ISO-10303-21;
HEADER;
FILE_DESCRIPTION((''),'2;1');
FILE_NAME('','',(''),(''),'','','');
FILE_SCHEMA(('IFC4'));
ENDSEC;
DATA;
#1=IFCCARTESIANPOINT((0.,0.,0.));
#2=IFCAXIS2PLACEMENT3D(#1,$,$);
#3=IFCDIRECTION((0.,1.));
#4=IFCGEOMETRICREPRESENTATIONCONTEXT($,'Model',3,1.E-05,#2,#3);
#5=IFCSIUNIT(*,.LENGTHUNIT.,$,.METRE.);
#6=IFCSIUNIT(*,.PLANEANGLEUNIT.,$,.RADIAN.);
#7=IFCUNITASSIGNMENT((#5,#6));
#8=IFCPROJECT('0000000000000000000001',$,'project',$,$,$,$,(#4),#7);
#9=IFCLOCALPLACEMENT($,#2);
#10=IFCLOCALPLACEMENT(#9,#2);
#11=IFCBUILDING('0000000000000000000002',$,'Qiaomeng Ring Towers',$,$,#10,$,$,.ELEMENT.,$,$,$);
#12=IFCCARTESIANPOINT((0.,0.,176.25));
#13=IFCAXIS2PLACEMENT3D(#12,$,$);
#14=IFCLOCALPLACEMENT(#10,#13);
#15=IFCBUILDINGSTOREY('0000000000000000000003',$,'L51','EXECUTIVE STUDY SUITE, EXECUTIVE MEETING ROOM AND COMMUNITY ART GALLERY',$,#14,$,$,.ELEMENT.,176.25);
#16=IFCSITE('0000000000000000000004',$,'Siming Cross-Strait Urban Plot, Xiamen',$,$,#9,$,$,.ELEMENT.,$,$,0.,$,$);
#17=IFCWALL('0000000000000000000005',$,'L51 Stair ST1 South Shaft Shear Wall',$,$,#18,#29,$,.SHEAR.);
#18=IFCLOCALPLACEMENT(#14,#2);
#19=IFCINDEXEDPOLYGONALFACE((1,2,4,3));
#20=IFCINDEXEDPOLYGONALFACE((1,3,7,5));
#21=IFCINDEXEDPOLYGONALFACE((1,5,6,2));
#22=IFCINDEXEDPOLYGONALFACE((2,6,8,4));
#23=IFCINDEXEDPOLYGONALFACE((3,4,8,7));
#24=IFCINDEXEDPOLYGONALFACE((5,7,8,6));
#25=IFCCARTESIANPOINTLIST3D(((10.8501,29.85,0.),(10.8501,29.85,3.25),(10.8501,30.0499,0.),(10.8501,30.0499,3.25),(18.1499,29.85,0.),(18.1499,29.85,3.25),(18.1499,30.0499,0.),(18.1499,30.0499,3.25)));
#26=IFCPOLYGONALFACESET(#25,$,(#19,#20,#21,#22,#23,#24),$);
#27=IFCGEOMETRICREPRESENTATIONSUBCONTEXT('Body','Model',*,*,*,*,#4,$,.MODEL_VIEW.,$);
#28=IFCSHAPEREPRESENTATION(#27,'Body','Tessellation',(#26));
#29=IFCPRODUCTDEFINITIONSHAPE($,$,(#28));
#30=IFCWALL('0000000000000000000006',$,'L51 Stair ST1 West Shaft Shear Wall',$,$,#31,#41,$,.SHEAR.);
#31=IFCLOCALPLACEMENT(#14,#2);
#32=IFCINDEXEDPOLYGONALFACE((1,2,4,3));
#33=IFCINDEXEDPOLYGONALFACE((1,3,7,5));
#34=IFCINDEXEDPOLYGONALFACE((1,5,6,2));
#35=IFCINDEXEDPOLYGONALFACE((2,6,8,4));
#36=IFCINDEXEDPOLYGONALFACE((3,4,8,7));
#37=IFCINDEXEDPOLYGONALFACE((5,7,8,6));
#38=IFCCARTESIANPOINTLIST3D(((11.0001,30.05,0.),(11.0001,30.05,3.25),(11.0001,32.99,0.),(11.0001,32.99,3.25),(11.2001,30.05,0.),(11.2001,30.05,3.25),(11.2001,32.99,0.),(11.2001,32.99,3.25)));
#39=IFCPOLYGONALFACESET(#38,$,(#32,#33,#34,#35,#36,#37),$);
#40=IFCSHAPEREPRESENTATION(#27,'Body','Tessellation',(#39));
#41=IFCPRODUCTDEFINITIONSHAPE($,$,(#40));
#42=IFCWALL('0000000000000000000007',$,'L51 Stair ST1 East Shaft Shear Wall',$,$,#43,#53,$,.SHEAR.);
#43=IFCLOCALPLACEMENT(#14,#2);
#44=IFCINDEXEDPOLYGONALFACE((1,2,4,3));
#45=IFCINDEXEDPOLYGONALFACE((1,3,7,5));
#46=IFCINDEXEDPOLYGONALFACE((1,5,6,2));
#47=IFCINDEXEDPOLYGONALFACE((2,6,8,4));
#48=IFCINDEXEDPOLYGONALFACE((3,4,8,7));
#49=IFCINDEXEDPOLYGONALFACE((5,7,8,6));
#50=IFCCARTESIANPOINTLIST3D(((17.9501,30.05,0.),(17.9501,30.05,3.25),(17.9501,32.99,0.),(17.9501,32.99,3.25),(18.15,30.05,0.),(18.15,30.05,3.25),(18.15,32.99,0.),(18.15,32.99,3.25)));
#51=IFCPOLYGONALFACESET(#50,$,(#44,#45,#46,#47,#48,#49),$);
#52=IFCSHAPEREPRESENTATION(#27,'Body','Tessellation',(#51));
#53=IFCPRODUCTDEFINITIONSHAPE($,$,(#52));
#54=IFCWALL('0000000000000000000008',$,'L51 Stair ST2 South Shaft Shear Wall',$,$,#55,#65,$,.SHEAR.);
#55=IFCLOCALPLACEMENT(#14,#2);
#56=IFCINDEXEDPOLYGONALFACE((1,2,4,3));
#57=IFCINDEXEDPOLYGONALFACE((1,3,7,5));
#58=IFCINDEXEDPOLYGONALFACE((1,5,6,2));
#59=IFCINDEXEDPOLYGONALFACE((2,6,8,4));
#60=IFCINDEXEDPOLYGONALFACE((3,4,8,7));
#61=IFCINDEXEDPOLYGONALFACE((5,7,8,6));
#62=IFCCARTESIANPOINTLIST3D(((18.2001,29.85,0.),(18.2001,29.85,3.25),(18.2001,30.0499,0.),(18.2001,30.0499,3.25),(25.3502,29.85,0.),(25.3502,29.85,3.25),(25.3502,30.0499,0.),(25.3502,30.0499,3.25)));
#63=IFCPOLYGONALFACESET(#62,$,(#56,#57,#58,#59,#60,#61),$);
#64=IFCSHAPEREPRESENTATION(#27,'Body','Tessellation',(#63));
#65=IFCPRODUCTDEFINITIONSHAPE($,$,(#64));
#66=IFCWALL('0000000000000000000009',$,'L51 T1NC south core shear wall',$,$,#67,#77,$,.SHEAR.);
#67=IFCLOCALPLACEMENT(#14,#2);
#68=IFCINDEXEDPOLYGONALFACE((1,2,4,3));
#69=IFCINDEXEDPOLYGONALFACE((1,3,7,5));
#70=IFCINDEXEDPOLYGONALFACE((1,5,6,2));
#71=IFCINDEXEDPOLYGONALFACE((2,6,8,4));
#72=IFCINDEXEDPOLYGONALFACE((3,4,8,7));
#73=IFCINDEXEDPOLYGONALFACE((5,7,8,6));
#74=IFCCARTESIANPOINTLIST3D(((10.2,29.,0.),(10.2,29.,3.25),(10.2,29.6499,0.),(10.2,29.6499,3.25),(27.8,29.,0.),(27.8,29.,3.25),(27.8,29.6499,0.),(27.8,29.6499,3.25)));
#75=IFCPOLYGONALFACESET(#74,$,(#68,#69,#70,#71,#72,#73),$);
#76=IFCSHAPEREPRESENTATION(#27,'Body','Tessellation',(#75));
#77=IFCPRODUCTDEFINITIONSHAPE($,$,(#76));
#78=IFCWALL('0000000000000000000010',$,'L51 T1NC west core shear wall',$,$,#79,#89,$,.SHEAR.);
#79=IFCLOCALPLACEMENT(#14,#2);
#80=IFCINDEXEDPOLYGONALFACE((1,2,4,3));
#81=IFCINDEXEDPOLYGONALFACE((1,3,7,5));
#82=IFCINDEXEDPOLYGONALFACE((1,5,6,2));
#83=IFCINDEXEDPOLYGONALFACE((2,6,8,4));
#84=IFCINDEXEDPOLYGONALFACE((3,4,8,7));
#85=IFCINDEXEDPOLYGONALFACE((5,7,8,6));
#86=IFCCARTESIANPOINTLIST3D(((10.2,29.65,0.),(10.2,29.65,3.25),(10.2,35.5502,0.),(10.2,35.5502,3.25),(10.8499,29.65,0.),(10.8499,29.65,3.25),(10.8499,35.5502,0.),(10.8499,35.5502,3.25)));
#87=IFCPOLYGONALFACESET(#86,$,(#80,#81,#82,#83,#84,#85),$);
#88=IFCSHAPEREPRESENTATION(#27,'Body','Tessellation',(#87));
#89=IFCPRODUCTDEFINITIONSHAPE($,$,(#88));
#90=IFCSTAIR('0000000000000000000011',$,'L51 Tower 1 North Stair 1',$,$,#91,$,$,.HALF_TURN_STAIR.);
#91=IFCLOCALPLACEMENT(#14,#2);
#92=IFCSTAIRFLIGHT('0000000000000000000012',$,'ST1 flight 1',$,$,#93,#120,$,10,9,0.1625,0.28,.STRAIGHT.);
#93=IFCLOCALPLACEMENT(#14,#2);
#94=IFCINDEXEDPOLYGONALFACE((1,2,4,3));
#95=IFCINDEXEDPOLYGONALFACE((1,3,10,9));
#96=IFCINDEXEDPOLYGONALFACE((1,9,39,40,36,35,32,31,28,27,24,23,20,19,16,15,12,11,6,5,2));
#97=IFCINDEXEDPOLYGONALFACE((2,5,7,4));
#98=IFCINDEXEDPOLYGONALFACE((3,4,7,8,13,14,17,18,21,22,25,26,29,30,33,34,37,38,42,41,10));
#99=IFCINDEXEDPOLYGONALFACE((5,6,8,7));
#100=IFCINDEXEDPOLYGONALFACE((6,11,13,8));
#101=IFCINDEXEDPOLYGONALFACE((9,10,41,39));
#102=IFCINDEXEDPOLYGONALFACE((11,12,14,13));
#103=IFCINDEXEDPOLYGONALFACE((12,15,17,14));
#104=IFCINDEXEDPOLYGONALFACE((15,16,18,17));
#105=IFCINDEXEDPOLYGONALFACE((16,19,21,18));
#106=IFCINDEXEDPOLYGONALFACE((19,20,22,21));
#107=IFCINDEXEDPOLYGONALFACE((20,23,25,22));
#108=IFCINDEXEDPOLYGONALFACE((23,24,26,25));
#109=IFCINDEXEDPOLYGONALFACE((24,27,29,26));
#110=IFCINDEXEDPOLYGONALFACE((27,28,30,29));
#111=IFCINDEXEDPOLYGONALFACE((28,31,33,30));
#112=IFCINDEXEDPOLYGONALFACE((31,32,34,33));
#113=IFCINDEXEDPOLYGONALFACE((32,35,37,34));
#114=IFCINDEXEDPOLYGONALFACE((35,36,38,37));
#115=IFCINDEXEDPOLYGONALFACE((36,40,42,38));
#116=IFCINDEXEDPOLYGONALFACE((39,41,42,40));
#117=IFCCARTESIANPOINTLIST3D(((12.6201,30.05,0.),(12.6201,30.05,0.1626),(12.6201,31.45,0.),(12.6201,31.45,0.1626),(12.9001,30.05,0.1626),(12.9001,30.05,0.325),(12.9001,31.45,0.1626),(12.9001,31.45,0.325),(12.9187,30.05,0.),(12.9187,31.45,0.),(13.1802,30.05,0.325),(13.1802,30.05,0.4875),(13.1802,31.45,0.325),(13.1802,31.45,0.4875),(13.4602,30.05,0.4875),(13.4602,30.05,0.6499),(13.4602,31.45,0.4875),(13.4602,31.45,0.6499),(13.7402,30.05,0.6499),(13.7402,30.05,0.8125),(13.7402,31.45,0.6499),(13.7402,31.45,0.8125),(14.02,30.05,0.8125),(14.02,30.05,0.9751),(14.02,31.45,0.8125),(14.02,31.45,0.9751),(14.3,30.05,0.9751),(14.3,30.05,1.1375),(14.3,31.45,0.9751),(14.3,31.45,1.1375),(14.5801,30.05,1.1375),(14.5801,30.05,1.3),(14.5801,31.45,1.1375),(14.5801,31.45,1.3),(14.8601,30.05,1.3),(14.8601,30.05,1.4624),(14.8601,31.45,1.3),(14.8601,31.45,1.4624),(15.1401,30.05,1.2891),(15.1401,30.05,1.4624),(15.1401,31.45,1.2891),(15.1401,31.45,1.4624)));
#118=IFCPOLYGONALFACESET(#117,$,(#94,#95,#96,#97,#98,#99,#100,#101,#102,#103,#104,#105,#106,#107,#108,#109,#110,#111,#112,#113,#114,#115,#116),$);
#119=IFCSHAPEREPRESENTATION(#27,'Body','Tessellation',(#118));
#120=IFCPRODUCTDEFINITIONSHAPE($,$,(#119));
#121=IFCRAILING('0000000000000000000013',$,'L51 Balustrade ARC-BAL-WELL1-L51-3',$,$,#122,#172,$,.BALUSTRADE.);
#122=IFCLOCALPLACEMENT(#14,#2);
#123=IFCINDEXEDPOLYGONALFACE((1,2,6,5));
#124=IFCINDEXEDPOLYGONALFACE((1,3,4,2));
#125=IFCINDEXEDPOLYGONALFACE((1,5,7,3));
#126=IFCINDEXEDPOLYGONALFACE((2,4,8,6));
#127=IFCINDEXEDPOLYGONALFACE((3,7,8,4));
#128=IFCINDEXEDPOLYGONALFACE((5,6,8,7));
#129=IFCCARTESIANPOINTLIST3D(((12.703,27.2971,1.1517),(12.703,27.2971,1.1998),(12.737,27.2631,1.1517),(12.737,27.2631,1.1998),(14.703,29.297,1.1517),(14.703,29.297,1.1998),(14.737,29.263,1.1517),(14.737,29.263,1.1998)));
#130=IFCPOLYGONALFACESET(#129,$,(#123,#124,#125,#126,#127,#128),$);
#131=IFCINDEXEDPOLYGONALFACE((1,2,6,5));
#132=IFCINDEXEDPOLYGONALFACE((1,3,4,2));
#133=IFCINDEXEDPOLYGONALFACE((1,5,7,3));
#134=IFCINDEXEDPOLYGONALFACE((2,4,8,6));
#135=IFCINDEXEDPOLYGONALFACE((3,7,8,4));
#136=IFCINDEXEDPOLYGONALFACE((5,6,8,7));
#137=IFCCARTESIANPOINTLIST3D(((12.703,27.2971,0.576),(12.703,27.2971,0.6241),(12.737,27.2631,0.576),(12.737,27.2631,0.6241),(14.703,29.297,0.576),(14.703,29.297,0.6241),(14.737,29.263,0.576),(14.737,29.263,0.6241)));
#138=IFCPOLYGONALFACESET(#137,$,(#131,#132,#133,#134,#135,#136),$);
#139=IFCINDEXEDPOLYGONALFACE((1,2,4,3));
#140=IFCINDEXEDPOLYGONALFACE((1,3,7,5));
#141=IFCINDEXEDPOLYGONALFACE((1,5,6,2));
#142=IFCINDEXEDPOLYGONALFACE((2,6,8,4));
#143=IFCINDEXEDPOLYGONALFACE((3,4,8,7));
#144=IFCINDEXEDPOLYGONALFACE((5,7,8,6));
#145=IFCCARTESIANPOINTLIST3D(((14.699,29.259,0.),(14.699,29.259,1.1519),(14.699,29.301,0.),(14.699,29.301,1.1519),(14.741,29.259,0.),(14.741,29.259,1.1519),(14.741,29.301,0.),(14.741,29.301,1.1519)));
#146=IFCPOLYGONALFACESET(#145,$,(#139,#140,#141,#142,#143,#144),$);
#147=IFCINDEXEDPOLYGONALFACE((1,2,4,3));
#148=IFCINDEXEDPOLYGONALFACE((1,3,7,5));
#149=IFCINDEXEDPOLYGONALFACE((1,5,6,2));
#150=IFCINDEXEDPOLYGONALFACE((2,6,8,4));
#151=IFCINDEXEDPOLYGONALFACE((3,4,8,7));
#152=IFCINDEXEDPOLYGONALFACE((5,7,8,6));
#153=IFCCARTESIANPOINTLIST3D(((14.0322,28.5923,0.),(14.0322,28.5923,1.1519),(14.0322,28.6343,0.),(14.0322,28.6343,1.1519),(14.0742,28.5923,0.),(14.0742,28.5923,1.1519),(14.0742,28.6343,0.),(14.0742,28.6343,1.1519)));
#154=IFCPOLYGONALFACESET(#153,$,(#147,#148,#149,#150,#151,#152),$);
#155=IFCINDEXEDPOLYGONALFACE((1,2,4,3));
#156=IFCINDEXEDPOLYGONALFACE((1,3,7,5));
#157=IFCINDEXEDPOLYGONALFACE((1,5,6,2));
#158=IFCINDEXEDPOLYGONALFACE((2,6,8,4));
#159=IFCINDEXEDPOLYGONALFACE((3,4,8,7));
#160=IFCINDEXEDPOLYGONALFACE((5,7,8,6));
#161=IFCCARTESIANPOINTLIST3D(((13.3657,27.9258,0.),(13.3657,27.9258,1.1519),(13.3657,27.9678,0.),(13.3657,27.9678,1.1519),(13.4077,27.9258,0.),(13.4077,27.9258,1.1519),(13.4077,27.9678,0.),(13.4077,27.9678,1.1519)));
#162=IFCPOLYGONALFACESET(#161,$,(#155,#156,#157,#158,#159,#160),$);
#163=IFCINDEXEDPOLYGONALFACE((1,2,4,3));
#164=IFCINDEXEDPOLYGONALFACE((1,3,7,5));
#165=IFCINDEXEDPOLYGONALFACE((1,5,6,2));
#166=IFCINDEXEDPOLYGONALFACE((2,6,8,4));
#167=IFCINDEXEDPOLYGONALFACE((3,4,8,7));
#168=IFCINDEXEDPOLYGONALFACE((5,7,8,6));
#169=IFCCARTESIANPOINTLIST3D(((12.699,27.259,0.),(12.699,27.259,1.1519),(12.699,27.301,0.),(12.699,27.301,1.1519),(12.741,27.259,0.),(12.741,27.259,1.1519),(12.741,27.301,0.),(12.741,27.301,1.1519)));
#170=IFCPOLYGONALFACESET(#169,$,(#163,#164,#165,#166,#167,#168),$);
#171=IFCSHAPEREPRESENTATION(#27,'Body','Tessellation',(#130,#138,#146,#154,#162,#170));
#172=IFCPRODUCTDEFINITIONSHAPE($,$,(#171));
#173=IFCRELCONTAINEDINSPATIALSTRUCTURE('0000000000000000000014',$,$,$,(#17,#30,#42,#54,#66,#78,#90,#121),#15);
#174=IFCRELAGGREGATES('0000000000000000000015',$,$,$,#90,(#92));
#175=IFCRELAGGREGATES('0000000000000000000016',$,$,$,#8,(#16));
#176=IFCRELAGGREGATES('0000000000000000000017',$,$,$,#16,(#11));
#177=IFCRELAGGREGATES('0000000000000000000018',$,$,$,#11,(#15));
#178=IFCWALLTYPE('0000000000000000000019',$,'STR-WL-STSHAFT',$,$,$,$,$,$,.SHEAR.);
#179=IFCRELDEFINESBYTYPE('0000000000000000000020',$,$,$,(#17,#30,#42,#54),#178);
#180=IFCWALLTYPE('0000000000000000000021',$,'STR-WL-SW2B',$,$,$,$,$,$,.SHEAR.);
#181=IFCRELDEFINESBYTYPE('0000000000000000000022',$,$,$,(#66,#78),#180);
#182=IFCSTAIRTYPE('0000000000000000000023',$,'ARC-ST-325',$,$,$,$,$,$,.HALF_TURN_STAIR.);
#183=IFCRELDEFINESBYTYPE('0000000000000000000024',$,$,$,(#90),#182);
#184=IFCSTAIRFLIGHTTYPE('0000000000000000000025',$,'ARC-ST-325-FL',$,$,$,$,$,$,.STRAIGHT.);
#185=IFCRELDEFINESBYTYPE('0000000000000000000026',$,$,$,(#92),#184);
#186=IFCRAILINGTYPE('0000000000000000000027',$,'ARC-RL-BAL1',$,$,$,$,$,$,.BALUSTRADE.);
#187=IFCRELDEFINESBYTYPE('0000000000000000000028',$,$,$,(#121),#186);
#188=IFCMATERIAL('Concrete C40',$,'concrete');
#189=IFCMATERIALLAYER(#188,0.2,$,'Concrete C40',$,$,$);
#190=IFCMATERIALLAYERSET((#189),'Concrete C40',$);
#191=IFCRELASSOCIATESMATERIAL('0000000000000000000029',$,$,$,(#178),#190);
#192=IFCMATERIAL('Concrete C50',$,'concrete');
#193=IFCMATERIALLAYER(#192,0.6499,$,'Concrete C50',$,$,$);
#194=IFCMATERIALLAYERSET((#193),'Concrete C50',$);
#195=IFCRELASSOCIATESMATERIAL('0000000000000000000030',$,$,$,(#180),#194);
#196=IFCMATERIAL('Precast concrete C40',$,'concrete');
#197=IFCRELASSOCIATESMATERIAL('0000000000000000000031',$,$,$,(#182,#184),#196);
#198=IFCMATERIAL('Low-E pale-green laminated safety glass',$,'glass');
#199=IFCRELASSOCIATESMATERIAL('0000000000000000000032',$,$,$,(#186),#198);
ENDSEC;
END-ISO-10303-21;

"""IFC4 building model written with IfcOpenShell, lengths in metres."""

from ifc_helpers import new_model, si_unit, direction, frame, frame_2d, origin, origin_2d, place, context, subcontext, project, spatial, polyline, rectangle, outline, extrude, source, transform, mapped, material, layer, layer_set, type_object, element, aggregate, save


model = new_model("IFC4")

# Units and contexts
model_context = context("Model", 3, precision=1e-05, world=origin(), true_north=direction((0.0, 1.0)))
body_context = subcontext(model_context, "Body", "Model", "MODEL_VIEW")
ifc_project = project(units=[si_unit("LENGTHUNIT", "METRE"), si_unit("PLANEANGLEUNIT", "RADIAN")], contexts=[model_context])

# Site, building, storey
site_placement = place(None, origin())
site = spatial("IfcSite", under=ifc_project, at=site_placement, Name="Siming Cross-Strait Urban Plot, Xiamen", CompositionType="ELEMENT", RefElevation=0.0)
building_placement = place(site_placement, origin())
building = spatial("IfcBuilding", under=site, at=building_placement, Name="Qiaomeng Ring Towers", CompositionType="ELEMENT")
storey_placement = place(building_placement, frame((0.0, 0.0, 176.25)))
storey = spatial("IfcBuildingStorey", under=building, at=storey_placement, Name="L51", Description="EXECUTIVE STUDY SUITE, EXECUTIVE MEETING ROOM AND COMMUNITY ART GALLERY", CompositionType="ELEMENT", Elevation=176.25)

# Shared definitions
ifc_material_1 = material(Name="Concrete C50", Category="concrete")

# Walls
ifc_material_2 = material(Name="Concrete C40", Category="concrete")
ifc_layer_1 = layer(ifc_material_2, 0.2, Name="Concrete C40")
ifc_layer_set_1 = layer_set([ifc_layer_1], Name="Concrete C40")
wall_type_1 = type_object("IfcWallType", Name="STR-WL-STSHAFT", PredefinedType="SHEAR", material=ifc_layer_set_1)
wall_1_placement = place(storey_placement, frame((10.8501, 29.95, 0.0), z_axis=(0.0, 0.0, 1.0), x_axis=(1.0, 0.0, 0.0)))
element("IfcWall", 1, at=wall_1_placement, inside=storey, type_object=wall_type_1, Name="L51 Stair ST1 South Shaft Shear Wall", PredefinedType="SHEAR", context=body_context, shape_type="SweptSolid", body=[
    extrude(rectangle(XDim=7.2998, YDim=0.2, at=frame_2d((3.6499, 0.0))), origin(), (0.0, 0.0, 1.0), 3.25),
])
for number, where, z_axis, x_axis, name in (
    (2, (11.1001, 30.05, 0.0), (0.0, 0.0, 1.0), (0.0, 1.0, 0.0), "L51 Stair ST1 West Shaft Shear Wall"),
    (3, (18.05, 30.05, 0.0), (0.0, 0.0, 1.0), (0.0, 1.0, 0.0), "L51 Stair ST1 East Shaft Shear Wall"),
):
    element("IfcWall", number, at=place(storey_placement, frame(where, z_axis=z_axis, x_axis=x_axis)), inside=storey, type_object=wall_type_1, Name=name, PredefinedType="SHEAR", context=body_context, shape_type="SweptSolid", body=[
        extrude(rectangle(XDim=2.9399, YDim=0.2, at=frame_2d((1.47, 0.0))), origin(), (0.0, 0.0, 1.0), 3.25),
    ])
wall_2_placement = place(storey_placement, frame((18.2, 29.95, 0.0), z_axis=(0.0, 0.0, 1.0), x_axis=(1.0, 0.0, 0.0)))
element("IfcWall", 4, at=wall_2_placement, inside=storey, type_object=wall_type_1, Name="L51 Stair ST2 South Shaft Shear Wall", PredefinedType="SHEAR", context=body_context, shape_type="SweptSolid", body=[
    extrude(rectangle(XDim=7.1501, YDim=0.2, at=frame_2d((3.5752, 0.0))), origin(), (0.0, 0.0, 1.0), 3.25),
])
ifc_layer_2 = layer(ifc_material_1, 0.6499, Name="Concrete C50")
ifc_layer_set_2 = layer_set([ifc_layer_2], Name="Concrete C50")
wall_type_2 = type_object("IfcWallType", Name="STR-WL-SW2B", PredefinedType="SHEAR", material=ifc_layer_set_2)
wall_3_placement = place(storey_placement, frame((10.2, 29.325, 0.0), z_axis=(0.0, 0.0, 1.0), x_axis=(1.0, 0.0, 0.0)))
element("IfcWall", 5, at=wall_3_placement, inside=storey, type_object=wall_type_2, Name="L51 T1NC south core shear wall", PredefinedType="SHEAR", context=body_context, shape_type="SweptSolid", body=[
    extrude(rectangle(XDim=17.6001, YDim=0.6499, at=frame_2d((8.8, 0.0))), origin(), (0.0, 0.0, 1.0), 3.25),
])
wall_4_placement = place(storey_placement, frame((10.5249, 29.6499, 0.0), z_axis=(0.0, 0.0, 1.0), x_axis=(0.0, 1.0, 0.0)))
element("IfcWall", 6, at=wall_4_placement, inside=storey, type_object=wall_type_2, Name="L51 T1NC west core shear wall", PredefinedType="SHEAR", context=body_context, shape_type="SweptSolid", body=[
    extrude(rectangle(XDim=5.9001, YDim=0.6499, at=frame_2d((2.9502, 0.0))), origin(), (0.0, 0.0, 1.0), 3.25),
])

# Stair, stair flight
ifc_material_3 = material(Name="Precast concrete C40", Category="concrete")
stair_type = type_object("IfcStairType", Name="ARC-ST-325", PredefinedType="HALF_TURN_STAIR", material=ifc_material_3)
stair_placement = place(storey_placement, origin())
stair = element("IfcStair", 7, at=stair_placement, inside=storey, type_object=stair_type, Name="L51 Tower 1 North Stair 1", PredefinedType="HALF_TURN_STAIR")
stair_flight_type = type_object("IfcStairFlightType", Name="ARC-ST-325-FL", PredefinedType="STRAIGHT", material=ifc_material_3)
shared_shape_1 = source(origin(), body_context, "Body", "SweptSolid", [
    extrude(outline(polyline([(0.0, 0.0), (0.0, 0.1626), (0.28, 0.1626), (0.28, 0.325), (0.5601, 0.325), (0.5601, 0.4875), (0.8401, 0.4875), (0.8401, 0.6499), (1.1201, 0.6499), (1.1201, 0.8125), (1.3999, 0.8125), (1.3999, 0.9751), (1.6799, 0.9751), (1.6799, 1.1375), (1.96, 1.1375), (1.96, 1.3), (2.24, 1.3), (2.24, 1.4624), (2.52, 1.4624), (2.52, 1.625), (2.52, 1.2891), (0.2986, 0.0), (0.0, 0.0)])), frame((0.0, 0.7, 0.0), z_axis=(0.0, -1.0, 0.0), x_axis=(1.0, 0.0, 0.0)), (0.0, 0.0, 1.0), 1.3999),
])
stair_flight_placement = place(storey_placement, frame((12.6201, 30.75, 0.0), z_axis=(0.0, 0.0, 1.0), x_axis=(1.0, 0.0, 0.0)))
stair_flight = element("IfcStairFlight", 8, at=stair_flight_placement, type_object=stair_flight_type, Name="ST1 flight 1", NumberOfRisers=10, NumberOfTreads=9, PredefinedType="STRAIGHT", RiserHeight=0.1625, TreadLength=0.28, context=body_context, shape_type="MappedRepresentation", body=[
    mapped(shared_shape_1, transform((0.0, 0.0, 0.0), x_axis=(1.0, 0.0, 0.0), y_axis=(0.0, 1.0, 0.0), z_axis=(0.0, 0.0, 1.0), scale=1.0)),
])
aggregate(stair, [stair_flight])

# Railing
ifc_material_4 = material(Name="Low-E pale-green laminated safety glass", Category="glass")
railing_type_1 = type_object("IfcRailingType", Name="ARC-RL-BAL1", PredefinedType="BALUSTRADE", material=ifc_material_4)
railing_1_placement = place(storey_placement, frame((14.72, 29.28, 0.0)))
element("IfcRailing", 9, at=railing_1_placement, inside=storey, type_object=railing_type_1, Name="L51 Balustrade ARC-BAL-WELL1-L51-3", PredefinedType="BALUSTRADE", context=body_context, shape_type="SweptSolid", body=[
    extrude(rectangle(XDim=0.0481, YDim=0.0481, at=origin_2d()), frame((0.0, 0.0, 1.1758), z_axis=(-0.707107, -0.707107, 0.0), x_axis=(0.707107, -0.707107, 0.0)), (0.0, 0.0, 1.0), 2.8284),
    extrude(rectangle(XDim=0.0481, YDim=0.0481, at=origin_2d()), frame((0.0, 0.0, 0.6001), z_axis=(-0.707107, -0.707107, 0.0), x_axis=(0.707107, -0.707107, 0.0)), (0.0, 0.0, 1.0), 2.8284),
    extrude(rectangle(XDim=0.042, YDim=0.042, at=origin_2d()), origin(), (0.0, 0.0, 1.0), 1.1519),
    extrude(rectangle(XDim=0.042, YDim=0.042, at=origin_2d()), frame((-0.6667, -0.6667, 0.0)), (0.0, 0.0, 1.0), 1.1519),
    extrude(rectangle(XDim=0.042, YDim=0.042, at=origin_2d()), frame((-1.3333, -1.3333, 0.0)), (0.0, 0.0, 1.0), 1.1519),
    extrude(rectangle(XDim=0.042, YDim=0.042, at=origin_2d()), frame((-2.0, -2.0, 0.0)), (0.0, 0.0, 1.0), 1.1519),
])

save(model, "model.ifc")
